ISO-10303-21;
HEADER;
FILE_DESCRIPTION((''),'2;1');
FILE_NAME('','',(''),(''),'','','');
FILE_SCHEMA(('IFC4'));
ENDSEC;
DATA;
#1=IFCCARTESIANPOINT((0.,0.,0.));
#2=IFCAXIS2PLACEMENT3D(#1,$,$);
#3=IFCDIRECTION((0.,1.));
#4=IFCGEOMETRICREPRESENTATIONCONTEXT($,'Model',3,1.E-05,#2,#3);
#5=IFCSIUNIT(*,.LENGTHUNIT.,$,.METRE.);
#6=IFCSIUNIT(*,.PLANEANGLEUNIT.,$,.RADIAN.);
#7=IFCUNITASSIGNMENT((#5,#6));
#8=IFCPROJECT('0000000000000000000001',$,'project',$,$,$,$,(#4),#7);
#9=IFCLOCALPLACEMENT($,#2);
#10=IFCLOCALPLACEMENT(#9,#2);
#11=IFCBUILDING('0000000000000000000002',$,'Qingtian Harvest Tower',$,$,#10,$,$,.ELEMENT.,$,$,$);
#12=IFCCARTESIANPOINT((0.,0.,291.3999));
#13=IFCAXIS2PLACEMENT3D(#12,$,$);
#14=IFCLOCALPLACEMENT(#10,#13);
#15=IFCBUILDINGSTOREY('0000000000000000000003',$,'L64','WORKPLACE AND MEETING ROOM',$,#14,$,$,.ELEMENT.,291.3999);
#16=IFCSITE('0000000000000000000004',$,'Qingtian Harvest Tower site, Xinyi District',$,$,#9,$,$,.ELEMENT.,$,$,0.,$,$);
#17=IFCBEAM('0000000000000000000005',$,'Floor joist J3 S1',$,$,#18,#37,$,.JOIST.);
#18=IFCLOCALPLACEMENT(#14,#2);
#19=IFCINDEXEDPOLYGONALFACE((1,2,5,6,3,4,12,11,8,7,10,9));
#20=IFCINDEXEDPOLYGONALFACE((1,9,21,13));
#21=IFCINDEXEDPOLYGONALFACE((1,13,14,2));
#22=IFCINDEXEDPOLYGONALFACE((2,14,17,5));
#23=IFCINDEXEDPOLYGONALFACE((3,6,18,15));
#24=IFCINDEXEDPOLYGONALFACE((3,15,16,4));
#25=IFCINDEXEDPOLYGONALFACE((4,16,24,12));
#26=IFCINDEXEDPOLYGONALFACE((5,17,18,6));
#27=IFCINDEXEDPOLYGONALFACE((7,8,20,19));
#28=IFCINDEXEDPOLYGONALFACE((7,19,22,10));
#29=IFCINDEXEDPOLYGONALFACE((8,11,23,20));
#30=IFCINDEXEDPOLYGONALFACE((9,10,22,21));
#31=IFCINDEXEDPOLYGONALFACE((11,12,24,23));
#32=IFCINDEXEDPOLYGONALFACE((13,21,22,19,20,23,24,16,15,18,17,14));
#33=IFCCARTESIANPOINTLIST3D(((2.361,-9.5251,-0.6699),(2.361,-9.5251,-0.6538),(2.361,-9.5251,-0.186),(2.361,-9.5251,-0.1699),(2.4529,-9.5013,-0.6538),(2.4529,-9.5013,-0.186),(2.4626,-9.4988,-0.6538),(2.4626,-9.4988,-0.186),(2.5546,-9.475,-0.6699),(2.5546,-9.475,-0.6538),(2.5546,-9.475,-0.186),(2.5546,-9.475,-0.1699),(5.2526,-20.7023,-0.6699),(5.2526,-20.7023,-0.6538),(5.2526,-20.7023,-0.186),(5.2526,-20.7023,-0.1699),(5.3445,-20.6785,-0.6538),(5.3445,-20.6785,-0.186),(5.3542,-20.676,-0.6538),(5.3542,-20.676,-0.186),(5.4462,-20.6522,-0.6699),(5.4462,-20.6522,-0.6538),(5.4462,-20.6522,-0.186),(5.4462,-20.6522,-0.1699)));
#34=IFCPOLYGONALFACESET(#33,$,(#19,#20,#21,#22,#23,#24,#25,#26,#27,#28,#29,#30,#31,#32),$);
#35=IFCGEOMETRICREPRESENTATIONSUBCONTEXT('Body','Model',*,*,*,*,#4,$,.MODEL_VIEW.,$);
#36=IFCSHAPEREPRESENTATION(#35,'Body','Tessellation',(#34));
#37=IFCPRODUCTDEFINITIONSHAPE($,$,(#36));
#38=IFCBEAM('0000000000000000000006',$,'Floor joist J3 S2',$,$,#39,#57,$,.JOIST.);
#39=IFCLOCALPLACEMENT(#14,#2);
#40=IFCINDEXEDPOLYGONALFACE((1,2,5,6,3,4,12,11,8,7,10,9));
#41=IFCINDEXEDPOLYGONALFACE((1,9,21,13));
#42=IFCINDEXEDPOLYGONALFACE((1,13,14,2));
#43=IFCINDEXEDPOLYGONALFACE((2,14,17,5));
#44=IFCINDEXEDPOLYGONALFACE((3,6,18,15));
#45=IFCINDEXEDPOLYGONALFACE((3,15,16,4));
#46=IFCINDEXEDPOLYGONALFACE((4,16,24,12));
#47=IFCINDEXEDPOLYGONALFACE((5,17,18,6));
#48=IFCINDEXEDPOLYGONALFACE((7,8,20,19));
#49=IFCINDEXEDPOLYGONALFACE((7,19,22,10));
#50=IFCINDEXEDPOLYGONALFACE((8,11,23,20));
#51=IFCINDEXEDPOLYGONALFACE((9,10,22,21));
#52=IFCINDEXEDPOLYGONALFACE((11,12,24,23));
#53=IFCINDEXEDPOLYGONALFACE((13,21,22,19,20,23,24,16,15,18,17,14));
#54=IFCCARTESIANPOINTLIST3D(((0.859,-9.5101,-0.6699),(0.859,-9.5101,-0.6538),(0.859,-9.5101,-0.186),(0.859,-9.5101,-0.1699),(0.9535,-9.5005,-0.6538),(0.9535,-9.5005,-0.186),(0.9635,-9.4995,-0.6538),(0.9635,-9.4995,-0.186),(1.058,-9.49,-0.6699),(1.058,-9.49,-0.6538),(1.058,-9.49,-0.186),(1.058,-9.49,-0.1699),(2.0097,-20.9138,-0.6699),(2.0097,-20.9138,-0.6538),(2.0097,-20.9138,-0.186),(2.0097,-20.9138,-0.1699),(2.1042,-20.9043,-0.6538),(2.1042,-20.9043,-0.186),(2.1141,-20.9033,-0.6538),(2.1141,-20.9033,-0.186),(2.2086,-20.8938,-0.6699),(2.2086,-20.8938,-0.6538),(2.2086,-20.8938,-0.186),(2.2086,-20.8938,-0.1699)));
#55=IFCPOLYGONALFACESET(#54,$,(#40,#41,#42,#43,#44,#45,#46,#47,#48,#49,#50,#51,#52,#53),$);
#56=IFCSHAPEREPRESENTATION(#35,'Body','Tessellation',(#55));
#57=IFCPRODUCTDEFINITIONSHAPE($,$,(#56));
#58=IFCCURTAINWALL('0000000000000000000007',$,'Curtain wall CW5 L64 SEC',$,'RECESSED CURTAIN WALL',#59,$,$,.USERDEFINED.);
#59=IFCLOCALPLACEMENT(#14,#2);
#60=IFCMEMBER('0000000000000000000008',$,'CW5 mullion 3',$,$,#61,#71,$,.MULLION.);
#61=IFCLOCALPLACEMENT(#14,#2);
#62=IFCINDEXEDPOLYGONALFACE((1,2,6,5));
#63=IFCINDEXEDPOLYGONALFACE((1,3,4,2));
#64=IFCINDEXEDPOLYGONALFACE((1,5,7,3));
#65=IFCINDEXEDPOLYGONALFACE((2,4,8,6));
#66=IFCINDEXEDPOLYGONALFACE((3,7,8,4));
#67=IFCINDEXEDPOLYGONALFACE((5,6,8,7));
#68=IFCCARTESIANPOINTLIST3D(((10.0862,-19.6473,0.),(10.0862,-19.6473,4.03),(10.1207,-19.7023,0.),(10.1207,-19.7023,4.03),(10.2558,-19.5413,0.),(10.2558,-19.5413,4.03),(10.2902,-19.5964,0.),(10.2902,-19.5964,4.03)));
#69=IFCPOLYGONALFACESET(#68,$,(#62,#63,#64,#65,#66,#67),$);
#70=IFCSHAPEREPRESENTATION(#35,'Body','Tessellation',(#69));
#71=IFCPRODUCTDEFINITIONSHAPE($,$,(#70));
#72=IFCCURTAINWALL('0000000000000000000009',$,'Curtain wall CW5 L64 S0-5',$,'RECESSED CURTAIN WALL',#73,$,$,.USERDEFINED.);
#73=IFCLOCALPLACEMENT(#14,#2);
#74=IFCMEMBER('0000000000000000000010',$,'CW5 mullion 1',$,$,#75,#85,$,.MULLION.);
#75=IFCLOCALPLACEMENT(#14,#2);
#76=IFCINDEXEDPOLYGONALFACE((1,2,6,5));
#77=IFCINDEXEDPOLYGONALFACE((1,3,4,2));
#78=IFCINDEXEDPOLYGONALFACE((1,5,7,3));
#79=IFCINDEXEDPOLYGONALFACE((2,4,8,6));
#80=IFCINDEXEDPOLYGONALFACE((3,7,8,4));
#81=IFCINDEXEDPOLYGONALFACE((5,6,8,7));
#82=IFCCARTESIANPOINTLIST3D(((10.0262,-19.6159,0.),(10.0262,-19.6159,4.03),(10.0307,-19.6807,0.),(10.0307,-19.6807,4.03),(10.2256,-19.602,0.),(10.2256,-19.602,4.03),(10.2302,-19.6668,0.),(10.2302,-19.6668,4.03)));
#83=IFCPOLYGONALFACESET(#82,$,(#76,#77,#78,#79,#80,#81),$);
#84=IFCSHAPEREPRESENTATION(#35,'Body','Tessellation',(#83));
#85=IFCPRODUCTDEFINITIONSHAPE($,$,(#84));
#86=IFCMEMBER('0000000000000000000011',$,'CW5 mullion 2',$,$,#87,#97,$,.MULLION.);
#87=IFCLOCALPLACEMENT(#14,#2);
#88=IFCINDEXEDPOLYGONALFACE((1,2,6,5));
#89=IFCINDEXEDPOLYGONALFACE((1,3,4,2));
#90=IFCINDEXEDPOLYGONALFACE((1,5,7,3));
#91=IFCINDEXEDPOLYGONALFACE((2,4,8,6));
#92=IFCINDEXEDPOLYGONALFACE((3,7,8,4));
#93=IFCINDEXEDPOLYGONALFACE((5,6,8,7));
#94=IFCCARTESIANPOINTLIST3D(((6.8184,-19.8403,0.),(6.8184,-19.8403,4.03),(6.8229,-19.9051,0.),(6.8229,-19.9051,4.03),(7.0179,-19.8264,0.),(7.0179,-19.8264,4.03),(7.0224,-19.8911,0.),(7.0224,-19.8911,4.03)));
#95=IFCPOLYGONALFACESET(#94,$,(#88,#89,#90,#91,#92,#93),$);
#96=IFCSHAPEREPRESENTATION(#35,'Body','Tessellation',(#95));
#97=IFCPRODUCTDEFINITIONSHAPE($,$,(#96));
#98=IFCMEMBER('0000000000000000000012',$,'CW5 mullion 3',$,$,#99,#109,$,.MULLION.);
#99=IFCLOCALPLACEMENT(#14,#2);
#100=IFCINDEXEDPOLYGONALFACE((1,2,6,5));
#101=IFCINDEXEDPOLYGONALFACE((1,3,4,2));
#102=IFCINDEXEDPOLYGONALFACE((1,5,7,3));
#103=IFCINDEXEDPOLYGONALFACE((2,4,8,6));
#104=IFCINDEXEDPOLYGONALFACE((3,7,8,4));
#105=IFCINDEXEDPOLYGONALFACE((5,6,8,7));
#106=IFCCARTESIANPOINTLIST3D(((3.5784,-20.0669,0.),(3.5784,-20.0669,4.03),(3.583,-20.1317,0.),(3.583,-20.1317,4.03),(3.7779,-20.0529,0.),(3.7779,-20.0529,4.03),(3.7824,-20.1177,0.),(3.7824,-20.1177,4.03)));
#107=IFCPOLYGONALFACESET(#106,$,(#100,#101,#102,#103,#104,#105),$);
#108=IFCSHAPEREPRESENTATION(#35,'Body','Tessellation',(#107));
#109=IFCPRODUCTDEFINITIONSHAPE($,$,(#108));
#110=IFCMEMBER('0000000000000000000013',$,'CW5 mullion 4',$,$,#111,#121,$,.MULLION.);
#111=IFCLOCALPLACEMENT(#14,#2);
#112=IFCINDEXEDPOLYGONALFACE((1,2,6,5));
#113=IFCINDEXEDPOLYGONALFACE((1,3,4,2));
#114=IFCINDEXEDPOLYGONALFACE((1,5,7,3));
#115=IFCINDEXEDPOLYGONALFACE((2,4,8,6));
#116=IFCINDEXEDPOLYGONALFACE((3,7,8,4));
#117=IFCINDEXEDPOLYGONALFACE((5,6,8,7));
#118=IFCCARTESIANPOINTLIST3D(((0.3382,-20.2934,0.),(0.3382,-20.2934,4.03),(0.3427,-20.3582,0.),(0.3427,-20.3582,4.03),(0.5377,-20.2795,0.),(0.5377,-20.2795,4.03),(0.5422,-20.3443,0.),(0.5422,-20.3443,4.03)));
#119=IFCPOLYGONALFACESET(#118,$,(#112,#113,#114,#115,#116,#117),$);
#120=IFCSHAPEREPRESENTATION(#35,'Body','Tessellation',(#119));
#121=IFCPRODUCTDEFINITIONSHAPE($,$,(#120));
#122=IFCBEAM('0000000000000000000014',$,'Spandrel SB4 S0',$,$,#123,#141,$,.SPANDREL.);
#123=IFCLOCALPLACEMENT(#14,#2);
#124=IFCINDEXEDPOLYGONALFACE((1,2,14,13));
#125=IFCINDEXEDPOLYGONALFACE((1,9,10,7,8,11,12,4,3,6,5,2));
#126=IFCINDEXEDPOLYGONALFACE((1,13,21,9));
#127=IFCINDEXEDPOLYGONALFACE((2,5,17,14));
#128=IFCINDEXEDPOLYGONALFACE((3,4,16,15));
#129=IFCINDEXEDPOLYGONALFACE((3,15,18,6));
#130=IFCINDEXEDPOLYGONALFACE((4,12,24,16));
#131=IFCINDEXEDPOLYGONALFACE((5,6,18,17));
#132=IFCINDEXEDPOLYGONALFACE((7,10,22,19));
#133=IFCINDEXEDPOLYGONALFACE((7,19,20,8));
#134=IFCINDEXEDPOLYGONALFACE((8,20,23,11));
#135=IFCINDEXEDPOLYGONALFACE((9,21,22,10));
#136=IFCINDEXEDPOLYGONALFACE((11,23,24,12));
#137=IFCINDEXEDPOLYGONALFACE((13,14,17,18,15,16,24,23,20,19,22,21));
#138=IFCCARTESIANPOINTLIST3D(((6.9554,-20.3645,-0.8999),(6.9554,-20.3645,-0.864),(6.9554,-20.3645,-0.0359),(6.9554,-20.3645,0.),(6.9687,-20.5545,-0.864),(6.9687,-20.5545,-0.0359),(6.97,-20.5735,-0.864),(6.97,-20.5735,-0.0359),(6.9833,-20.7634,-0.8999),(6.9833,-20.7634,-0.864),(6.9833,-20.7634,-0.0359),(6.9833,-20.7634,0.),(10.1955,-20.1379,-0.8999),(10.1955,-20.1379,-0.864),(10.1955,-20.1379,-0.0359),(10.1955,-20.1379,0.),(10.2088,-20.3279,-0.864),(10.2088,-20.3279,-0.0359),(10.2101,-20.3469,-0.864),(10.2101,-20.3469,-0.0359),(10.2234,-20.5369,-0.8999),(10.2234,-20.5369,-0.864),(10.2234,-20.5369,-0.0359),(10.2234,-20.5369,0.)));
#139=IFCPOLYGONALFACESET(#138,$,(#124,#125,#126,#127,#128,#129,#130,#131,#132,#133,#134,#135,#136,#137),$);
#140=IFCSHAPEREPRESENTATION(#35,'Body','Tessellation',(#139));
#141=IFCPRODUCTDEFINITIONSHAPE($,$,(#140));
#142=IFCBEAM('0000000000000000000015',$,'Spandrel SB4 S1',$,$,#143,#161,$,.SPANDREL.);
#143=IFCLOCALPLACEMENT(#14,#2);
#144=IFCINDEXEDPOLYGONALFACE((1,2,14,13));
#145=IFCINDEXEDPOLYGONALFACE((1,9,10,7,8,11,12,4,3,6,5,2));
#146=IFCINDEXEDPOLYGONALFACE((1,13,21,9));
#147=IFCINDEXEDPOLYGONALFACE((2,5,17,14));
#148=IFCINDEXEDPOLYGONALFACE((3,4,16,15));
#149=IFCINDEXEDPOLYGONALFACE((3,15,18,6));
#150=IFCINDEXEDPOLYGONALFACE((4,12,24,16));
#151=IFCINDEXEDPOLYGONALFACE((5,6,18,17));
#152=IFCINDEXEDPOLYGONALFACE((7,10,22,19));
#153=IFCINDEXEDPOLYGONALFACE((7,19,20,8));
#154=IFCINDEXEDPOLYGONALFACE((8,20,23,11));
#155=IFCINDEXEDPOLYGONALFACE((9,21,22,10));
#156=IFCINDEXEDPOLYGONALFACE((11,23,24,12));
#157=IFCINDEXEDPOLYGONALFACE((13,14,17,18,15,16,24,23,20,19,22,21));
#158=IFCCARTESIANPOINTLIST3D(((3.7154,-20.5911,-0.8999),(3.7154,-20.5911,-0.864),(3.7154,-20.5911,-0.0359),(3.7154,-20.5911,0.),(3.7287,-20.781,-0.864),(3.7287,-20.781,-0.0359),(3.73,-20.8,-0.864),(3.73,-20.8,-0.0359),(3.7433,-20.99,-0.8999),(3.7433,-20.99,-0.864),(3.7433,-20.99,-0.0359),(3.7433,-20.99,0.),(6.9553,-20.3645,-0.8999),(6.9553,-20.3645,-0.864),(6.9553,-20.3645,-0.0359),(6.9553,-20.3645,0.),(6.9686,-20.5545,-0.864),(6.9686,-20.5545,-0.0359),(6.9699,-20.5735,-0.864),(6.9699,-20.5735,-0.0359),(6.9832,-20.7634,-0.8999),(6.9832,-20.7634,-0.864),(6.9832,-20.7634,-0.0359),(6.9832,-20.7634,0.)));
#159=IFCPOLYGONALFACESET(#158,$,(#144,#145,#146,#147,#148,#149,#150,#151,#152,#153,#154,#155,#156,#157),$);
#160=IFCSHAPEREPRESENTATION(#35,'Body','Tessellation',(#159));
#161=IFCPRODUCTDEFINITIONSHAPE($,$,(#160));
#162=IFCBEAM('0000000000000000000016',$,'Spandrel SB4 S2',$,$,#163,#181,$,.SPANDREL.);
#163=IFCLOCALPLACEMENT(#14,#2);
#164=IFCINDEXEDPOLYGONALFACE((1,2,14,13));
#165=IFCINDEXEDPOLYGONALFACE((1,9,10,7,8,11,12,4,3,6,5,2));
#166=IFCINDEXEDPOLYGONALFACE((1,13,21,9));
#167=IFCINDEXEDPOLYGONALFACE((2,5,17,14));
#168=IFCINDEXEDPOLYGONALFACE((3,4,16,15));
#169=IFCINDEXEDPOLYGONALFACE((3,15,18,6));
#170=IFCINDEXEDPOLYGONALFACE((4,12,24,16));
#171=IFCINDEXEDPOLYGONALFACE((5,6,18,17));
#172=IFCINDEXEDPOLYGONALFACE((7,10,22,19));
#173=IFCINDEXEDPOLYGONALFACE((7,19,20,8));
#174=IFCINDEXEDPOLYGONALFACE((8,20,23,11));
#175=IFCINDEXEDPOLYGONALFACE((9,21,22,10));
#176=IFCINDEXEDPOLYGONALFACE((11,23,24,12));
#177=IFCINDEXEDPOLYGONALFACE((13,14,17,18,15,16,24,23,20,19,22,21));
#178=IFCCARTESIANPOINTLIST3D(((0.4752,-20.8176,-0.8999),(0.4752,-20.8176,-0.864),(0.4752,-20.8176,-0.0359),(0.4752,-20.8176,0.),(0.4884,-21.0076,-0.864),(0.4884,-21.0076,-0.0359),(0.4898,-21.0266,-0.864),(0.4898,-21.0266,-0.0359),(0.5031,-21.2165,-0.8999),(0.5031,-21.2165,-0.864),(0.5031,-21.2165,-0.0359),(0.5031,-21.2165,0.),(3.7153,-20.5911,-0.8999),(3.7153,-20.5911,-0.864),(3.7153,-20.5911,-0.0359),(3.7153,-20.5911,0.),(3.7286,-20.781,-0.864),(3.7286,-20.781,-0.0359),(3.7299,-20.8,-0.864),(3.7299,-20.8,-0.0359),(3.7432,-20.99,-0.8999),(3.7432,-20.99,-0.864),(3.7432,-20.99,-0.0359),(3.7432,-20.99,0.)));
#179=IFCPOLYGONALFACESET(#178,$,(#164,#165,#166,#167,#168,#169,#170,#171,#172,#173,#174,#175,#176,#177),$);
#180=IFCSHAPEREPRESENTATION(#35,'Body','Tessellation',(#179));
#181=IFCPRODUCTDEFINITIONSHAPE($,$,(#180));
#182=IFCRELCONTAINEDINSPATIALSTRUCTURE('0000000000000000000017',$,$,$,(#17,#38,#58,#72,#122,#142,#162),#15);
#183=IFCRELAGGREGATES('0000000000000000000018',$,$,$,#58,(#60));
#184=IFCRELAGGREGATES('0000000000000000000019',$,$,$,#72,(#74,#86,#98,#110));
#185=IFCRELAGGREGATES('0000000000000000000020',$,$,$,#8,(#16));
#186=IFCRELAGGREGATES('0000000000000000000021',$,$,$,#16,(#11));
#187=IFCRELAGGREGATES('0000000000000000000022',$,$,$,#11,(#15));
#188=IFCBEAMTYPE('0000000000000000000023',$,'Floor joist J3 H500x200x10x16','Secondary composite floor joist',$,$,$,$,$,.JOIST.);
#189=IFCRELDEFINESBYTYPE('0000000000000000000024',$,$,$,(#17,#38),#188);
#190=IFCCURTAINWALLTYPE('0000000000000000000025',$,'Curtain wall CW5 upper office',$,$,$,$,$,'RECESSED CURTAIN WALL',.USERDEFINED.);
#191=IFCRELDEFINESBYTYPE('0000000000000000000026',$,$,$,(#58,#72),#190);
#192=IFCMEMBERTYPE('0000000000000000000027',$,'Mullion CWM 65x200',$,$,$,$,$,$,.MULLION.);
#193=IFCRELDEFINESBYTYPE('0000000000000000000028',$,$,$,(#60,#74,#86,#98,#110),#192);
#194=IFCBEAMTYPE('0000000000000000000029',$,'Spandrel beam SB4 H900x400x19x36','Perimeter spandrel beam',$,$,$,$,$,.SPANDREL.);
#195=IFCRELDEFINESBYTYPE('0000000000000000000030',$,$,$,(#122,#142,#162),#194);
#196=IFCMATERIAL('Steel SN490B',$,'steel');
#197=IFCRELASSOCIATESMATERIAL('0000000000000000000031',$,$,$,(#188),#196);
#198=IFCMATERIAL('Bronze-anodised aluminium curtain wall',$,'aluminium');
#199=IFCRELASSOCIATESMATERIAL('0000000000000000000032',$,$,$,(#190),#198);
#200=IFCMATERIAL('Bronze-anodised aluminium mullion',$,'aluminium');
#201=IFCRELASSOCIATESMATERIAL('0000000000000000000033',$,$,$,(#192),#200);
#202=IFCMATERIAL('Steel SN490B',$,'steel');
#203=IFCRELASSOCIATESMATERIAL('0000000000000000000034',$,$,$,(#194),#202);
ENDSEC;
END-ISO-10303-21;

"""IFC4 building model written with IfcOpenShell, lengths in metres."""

from ifc_helpers import new_model, si_unit, direction, frame, origin, origin_2d, place, context, subcontext, project, spatial, rectangle, i_section, extrude, material, material_profile, profile_set, type_object, element, aggregate, save


model = new_model("IFC4")

# Units and contexts
model_context = context("Model", 3, precision=1e-05, world=origin(), true_north=direction((0.0, 1.0)))
body_context = subcontext(model_context, "Body", "Model", "MODEL_VIEW")
ifc_project = project(units=[si_unit("LENGTHUNIT", "METRE"), si_unit("PLANEANGLEUNIT", "RADIAN")], contexts=[model_context])

# Site, building, storey
site_placement = place(None, origin())
site = spatial("IfcSite", under=ifc_project, at=site_placement, Name="Qingtian Harvest Tower site, Xinyi District", CompositionType="ELEMENT", RefElevation=0.0)
building_placement = place(site_placement, origin())
building = spatial("IfcBuilding", under=site, at=building_placement, Name="Qingtian Harvest Tower", CompositionType="ELEMENT")
storey_placement = place(building_placement, frame((0.0, 0.0, 291.3999)))
storey = spatial("IfcBuildingStorey", under=building, at=storey_placement, Name="L64", Description="WORKPLACE AND MEETING ROOM", CompositionType="ELEMENT", Elevation=291.3999)

# Beams
ifc_material_1 = material(Name="Steel SN490B", Category="steel")
ifc_material_profile_1 = material_profile(ifc_material_1, i_section(OverallWidth=0.2, OverallDepth=0.5, WebThickness=0.01, FlangeThickness=0.0161, at=origin_2d()), Name="H500x200x10x16")
ifc_profile_set_1 = profile_set([ifc_material_profile_1], Name="Steel SN490B")
beam_type_1 = type_object("IfcBeamType", Name="Floor joist J3 H500x200x10x16", Description="Secondary composite floor joist", PredefinedType="JOIST", material=ifc_profile_set_1)
beam_1_placement = place(storey_placement, frame((5.3494, -20.6772, -0.4199), z_axis=(-0.250459, 0.968127, 0.0), x_axis=(-0.968127, -0.250459, 0.0)))
element("IfcBeam", 1, at=beam_1_placement, inside=storey, type_object=beam_type_1, Name="Floor joist J3 S1", PredefinedType="JOIST", context=body_context, shape_type="SweptSolid", body=[
    extrude(i_section(OverallWidth=0.2, OverallDepth=0.5, WebThickness=0.01, FlangeThickness=0.0161, at=origin_2d()), origin(), (0.0, 0.0, 1.0), 11.5452),
])
beam_2_placement = place(storey_placement, frame((2.1091, -20.9038, -0.4199), z_axis=(-0.100389, 0.994948, 0.0), x_axis=(-0.994948, -0.100389, 0.0)))
element("IfcBeam", 2, at=beam_2_placement, inside=storey, type_object=beam_type_1, Name="Floor joist J3 S2", PredefinedType="JOIST", context=body_context, shape_type="SweptSolid", body=[
    extrude(i_section(OverallWidth=0.2, OverallDepth=0.5, WebThickness=0.01, FlangeThickness=0.0161, at=origin_2d()), origin(), (0.0, 0.0, 1.0), 11.4617),
])

# Curtain wall, member
ifc_material_2 = material(Name="Bronze-anodised aluminium curtain wall", Category="aluminium")
curtain_wall_type = type_object("IfcCurtainWallType", Name="Curtain wall CW5 upper office", ElementType="RECESSED CURTAIN WALL", PredefinedType="USERDEFINED", material=ifc_material_2)
curtain_wall_1_placement = place(storey_placement, origin())
curtain_wall_1 = element("IfcCurtainWall", 3, at=curtain_wall_1_placement, inside=storey, type_object=curtain_wall_type, Name="Curtain wall CW5 L64 SEC", ObjectType="RECESSED CURTAIN WALL", PredefinedType="USERDEFINED")
ifc_material_3 = material(Name="Bronze-anodised aluminium mullion", Category="aluminium")
ifc_material_profile_2 = material_profile(ifc_material_3, rectangle(XDim=0.0649, YDim=0.2, at=origin_2d()), Name="AL 65x200")
ifc_profile_set_2 = profile_set([ifc_material_profile_2], Name="Bronze-anodised aluminium mullion")
member_type_1 = type_object("IfcMemberType", Name="Mullion CWM 65x200", PredefinedType="MULLION", material=ifc_profile_set_2)
member_1_placement = place(storey_placement, frame((10.1882, -19.6218, 0.0), z_axis=(0.0, 0.0, 1.0), x_axis=(0.529919, -0.848048, 0.0)))
member_1 = element("IfcMember", 4, at=member_1_placement, type_object=member_type_1, Name="CW5 mullion 3", PredefinedType="MULLION", context=body_context, shape_type="SweptSolid", body=[
    extrude(rectangle(XDim=0.0649, YDim=0.2, at=origin_2d()), origin(), (0.0, 0.0, 1.0), 4.03),
])

# Curtain wall, members
curtain_wall_2_placement = place(storey_placement, origin())
curtain_wall_2 = element("IfcCurtainWall", 5, at=curtain_wall_2_placement, inside=storey, type_object=curtain_wall_type, Name="Curtain wall CW5 L64 S0-5", ObjectType="RECESSED CURTAIN WALL", PredefinedType="USERDEFINED")
member_2_placement = place(storey_placement, frame((10.1282, -19.6414, 0.0), z_axis=(0.0, 0.0, 1.0), x_axis=(0.069756, -0.997564, 0.0)))
member_2 = element("IfcMember", 6, at=member_2_placement, type_object=member_type_1, Name="CW5 mullion 1", PredefinedType="MULLION", context=body_context, shape_type="SweptSolid", body=[
    extrude(rectangle(XDim=0.0649, YDim=0.2, at=origin_2d()), origin(), (0.0, 0.0, 1.0), 4.03),
])
member_3_placement = place(storey_placement, frame((6.9204, -19.8657, 0.0), z_axis=(0.0, 0.0, 1.0), x_axis=(0.069756, -0.997564, 0.0)))
member_3 = element("IfcMember", 7, at=member_3_placement, type_object=member_type_1, Name="CW5 mullion 2", PredefinedType="MULLION", context=body_context, shape_type="SweptSolid", body=[
    extrude(rectangle(XDim=0.0649, YDim=0.2, at=origin_2d()), origin(), (0.0, 0.0, 1.0), 4.03),
])
member_4_placement = place(storey_placement, frame((3.6804, -20.0923, 0.0), z_axis=(0.0, 0.0, 1.0), x_axis=(0.069756, -0.997564, 0.0)))
member_4 = element("IfcMember", 8, at=member_4_placement, type_object=member_type_1, Name="CW5 mullion 3", PredefinedType="MULLION", context=body_context, shape_type="SweptSolid", body=[
    extrude(rectangle(XDim=0.0649, YDim=0.2, at=origin_2d()), origin(), (0.0, 0.0, 1.0), 4.03),
])
member_5_placement = place(storey_placement, frame((0.4402, -20.3188, 0.0), z_axis=(0.0, 0.0, 1.0), x_axis=(0.069756, -0.997564, 0.0)))
member_5 = element("IfcMember", 9, at=member_5_placement, type_object=member_type_1, Name="CW5 mullion 4", PredefinedType="MULLION", context=body_context, shape_type="SweptSolid", body=[
    extrude(rectangle(XDim=0.0649, YDim=0.2, at=origin_2d()), origin(), (0.0, 0.0, 1.0), 4.03),
])

# Beams
ifc_material_4 = material(Name="Steel SN490B", Category="steel")
ifc_material_profile_3 = material_profile(ifc_material_4, i_section(OverallWidth=0.3999, OverallDepth=0.8999, WebThickness=0.019, FlangeThickness=0.0359, at=origin_2d()), Name="H900x400x19x36")
ifc_profile_set_3 = profile_set([ifc_material_profile_3], Name="Steel SN490B")
beam_type_2 = type_object("IfcBeamType", Name="Spandrel beam SB4 H900x400x19x36", Description="Perimeter spandrel beam", PredefinedType="SPANDREL", material=ifc_profile_set_3)
beam_3_placement = place(storey_placement, frame((10.2095, -20.3374, -0.45), z_axis=(-0.997564, -0.069751, 0.0), x_axis=(0.069751, -0.997564, 0.0)))
element("IfcBeam", 10, at=beam_3_placement, inside=storey, type_object=beam_type_2, Name="Spandrel SB4 S0", PredefinedType="SPANDREL", context=body_context, shape_type="SweptSolid", body=[
    extrude(i_section(OverallWidth=0.3999, OverallDepth=0.8999, WebThickness=0.019, FlangeThickness=0.0359, at=origin_2d()), origin(), (0.0, 0.0, 1.0), 3.248),
])
beam_4_placement = place(storey_placement, frame((6.9692, -20.564, -0.45), z_axis=(-0.997564, -0.069757, 0.0), x_axis=(0.069757, -0.997564, 0.0)))
element("IfcBeam", 11, at=beam_4_placement, inside=storey, type_object=beam_type_2, Name="Spandrel SB4 S1", PredefinedType="SPANDREL", context=body_context, shape_type="SweptSolid", body=[
    extrude(i_section(OverallWidth=0.3999, OverallDepth=0.8999, WebThickness=0.019, FlangeThickness=0.0359, at=origin_2d()), origin(), (0.0, 0.0, 1.0), 3.2478),
])
beam_5_placement = place(storey_placement, frame((3.7292, -20.7905, -0.45), z_axis=(-0.997564, -0.069751, 0.0), x_axis=(0.069751, -0.997564, 0.0)))
element("IfcBeam", 12, at=beam_5_placement, inside=storey, type_object=beam_type_2, Name="Spandrel SB4 S2", PredefinedType="SPANDREL", context=body_context, shape_type="SweptSolid", body=[
    extrude(i_section(OverallWidth=0.3999, OverallDepth=0.8999, WebThickness=0.019, FlangeThickness=0.0359, at=origin_2d()), origin(), (0.0, 0.0, 1.0), 3.248),
])

aggregate(curtain_wall_1, [member_1])
aggregate(curtain_wall_2, [member_2, member_3, member_4, member_5])

save(model, "model.ifc")
